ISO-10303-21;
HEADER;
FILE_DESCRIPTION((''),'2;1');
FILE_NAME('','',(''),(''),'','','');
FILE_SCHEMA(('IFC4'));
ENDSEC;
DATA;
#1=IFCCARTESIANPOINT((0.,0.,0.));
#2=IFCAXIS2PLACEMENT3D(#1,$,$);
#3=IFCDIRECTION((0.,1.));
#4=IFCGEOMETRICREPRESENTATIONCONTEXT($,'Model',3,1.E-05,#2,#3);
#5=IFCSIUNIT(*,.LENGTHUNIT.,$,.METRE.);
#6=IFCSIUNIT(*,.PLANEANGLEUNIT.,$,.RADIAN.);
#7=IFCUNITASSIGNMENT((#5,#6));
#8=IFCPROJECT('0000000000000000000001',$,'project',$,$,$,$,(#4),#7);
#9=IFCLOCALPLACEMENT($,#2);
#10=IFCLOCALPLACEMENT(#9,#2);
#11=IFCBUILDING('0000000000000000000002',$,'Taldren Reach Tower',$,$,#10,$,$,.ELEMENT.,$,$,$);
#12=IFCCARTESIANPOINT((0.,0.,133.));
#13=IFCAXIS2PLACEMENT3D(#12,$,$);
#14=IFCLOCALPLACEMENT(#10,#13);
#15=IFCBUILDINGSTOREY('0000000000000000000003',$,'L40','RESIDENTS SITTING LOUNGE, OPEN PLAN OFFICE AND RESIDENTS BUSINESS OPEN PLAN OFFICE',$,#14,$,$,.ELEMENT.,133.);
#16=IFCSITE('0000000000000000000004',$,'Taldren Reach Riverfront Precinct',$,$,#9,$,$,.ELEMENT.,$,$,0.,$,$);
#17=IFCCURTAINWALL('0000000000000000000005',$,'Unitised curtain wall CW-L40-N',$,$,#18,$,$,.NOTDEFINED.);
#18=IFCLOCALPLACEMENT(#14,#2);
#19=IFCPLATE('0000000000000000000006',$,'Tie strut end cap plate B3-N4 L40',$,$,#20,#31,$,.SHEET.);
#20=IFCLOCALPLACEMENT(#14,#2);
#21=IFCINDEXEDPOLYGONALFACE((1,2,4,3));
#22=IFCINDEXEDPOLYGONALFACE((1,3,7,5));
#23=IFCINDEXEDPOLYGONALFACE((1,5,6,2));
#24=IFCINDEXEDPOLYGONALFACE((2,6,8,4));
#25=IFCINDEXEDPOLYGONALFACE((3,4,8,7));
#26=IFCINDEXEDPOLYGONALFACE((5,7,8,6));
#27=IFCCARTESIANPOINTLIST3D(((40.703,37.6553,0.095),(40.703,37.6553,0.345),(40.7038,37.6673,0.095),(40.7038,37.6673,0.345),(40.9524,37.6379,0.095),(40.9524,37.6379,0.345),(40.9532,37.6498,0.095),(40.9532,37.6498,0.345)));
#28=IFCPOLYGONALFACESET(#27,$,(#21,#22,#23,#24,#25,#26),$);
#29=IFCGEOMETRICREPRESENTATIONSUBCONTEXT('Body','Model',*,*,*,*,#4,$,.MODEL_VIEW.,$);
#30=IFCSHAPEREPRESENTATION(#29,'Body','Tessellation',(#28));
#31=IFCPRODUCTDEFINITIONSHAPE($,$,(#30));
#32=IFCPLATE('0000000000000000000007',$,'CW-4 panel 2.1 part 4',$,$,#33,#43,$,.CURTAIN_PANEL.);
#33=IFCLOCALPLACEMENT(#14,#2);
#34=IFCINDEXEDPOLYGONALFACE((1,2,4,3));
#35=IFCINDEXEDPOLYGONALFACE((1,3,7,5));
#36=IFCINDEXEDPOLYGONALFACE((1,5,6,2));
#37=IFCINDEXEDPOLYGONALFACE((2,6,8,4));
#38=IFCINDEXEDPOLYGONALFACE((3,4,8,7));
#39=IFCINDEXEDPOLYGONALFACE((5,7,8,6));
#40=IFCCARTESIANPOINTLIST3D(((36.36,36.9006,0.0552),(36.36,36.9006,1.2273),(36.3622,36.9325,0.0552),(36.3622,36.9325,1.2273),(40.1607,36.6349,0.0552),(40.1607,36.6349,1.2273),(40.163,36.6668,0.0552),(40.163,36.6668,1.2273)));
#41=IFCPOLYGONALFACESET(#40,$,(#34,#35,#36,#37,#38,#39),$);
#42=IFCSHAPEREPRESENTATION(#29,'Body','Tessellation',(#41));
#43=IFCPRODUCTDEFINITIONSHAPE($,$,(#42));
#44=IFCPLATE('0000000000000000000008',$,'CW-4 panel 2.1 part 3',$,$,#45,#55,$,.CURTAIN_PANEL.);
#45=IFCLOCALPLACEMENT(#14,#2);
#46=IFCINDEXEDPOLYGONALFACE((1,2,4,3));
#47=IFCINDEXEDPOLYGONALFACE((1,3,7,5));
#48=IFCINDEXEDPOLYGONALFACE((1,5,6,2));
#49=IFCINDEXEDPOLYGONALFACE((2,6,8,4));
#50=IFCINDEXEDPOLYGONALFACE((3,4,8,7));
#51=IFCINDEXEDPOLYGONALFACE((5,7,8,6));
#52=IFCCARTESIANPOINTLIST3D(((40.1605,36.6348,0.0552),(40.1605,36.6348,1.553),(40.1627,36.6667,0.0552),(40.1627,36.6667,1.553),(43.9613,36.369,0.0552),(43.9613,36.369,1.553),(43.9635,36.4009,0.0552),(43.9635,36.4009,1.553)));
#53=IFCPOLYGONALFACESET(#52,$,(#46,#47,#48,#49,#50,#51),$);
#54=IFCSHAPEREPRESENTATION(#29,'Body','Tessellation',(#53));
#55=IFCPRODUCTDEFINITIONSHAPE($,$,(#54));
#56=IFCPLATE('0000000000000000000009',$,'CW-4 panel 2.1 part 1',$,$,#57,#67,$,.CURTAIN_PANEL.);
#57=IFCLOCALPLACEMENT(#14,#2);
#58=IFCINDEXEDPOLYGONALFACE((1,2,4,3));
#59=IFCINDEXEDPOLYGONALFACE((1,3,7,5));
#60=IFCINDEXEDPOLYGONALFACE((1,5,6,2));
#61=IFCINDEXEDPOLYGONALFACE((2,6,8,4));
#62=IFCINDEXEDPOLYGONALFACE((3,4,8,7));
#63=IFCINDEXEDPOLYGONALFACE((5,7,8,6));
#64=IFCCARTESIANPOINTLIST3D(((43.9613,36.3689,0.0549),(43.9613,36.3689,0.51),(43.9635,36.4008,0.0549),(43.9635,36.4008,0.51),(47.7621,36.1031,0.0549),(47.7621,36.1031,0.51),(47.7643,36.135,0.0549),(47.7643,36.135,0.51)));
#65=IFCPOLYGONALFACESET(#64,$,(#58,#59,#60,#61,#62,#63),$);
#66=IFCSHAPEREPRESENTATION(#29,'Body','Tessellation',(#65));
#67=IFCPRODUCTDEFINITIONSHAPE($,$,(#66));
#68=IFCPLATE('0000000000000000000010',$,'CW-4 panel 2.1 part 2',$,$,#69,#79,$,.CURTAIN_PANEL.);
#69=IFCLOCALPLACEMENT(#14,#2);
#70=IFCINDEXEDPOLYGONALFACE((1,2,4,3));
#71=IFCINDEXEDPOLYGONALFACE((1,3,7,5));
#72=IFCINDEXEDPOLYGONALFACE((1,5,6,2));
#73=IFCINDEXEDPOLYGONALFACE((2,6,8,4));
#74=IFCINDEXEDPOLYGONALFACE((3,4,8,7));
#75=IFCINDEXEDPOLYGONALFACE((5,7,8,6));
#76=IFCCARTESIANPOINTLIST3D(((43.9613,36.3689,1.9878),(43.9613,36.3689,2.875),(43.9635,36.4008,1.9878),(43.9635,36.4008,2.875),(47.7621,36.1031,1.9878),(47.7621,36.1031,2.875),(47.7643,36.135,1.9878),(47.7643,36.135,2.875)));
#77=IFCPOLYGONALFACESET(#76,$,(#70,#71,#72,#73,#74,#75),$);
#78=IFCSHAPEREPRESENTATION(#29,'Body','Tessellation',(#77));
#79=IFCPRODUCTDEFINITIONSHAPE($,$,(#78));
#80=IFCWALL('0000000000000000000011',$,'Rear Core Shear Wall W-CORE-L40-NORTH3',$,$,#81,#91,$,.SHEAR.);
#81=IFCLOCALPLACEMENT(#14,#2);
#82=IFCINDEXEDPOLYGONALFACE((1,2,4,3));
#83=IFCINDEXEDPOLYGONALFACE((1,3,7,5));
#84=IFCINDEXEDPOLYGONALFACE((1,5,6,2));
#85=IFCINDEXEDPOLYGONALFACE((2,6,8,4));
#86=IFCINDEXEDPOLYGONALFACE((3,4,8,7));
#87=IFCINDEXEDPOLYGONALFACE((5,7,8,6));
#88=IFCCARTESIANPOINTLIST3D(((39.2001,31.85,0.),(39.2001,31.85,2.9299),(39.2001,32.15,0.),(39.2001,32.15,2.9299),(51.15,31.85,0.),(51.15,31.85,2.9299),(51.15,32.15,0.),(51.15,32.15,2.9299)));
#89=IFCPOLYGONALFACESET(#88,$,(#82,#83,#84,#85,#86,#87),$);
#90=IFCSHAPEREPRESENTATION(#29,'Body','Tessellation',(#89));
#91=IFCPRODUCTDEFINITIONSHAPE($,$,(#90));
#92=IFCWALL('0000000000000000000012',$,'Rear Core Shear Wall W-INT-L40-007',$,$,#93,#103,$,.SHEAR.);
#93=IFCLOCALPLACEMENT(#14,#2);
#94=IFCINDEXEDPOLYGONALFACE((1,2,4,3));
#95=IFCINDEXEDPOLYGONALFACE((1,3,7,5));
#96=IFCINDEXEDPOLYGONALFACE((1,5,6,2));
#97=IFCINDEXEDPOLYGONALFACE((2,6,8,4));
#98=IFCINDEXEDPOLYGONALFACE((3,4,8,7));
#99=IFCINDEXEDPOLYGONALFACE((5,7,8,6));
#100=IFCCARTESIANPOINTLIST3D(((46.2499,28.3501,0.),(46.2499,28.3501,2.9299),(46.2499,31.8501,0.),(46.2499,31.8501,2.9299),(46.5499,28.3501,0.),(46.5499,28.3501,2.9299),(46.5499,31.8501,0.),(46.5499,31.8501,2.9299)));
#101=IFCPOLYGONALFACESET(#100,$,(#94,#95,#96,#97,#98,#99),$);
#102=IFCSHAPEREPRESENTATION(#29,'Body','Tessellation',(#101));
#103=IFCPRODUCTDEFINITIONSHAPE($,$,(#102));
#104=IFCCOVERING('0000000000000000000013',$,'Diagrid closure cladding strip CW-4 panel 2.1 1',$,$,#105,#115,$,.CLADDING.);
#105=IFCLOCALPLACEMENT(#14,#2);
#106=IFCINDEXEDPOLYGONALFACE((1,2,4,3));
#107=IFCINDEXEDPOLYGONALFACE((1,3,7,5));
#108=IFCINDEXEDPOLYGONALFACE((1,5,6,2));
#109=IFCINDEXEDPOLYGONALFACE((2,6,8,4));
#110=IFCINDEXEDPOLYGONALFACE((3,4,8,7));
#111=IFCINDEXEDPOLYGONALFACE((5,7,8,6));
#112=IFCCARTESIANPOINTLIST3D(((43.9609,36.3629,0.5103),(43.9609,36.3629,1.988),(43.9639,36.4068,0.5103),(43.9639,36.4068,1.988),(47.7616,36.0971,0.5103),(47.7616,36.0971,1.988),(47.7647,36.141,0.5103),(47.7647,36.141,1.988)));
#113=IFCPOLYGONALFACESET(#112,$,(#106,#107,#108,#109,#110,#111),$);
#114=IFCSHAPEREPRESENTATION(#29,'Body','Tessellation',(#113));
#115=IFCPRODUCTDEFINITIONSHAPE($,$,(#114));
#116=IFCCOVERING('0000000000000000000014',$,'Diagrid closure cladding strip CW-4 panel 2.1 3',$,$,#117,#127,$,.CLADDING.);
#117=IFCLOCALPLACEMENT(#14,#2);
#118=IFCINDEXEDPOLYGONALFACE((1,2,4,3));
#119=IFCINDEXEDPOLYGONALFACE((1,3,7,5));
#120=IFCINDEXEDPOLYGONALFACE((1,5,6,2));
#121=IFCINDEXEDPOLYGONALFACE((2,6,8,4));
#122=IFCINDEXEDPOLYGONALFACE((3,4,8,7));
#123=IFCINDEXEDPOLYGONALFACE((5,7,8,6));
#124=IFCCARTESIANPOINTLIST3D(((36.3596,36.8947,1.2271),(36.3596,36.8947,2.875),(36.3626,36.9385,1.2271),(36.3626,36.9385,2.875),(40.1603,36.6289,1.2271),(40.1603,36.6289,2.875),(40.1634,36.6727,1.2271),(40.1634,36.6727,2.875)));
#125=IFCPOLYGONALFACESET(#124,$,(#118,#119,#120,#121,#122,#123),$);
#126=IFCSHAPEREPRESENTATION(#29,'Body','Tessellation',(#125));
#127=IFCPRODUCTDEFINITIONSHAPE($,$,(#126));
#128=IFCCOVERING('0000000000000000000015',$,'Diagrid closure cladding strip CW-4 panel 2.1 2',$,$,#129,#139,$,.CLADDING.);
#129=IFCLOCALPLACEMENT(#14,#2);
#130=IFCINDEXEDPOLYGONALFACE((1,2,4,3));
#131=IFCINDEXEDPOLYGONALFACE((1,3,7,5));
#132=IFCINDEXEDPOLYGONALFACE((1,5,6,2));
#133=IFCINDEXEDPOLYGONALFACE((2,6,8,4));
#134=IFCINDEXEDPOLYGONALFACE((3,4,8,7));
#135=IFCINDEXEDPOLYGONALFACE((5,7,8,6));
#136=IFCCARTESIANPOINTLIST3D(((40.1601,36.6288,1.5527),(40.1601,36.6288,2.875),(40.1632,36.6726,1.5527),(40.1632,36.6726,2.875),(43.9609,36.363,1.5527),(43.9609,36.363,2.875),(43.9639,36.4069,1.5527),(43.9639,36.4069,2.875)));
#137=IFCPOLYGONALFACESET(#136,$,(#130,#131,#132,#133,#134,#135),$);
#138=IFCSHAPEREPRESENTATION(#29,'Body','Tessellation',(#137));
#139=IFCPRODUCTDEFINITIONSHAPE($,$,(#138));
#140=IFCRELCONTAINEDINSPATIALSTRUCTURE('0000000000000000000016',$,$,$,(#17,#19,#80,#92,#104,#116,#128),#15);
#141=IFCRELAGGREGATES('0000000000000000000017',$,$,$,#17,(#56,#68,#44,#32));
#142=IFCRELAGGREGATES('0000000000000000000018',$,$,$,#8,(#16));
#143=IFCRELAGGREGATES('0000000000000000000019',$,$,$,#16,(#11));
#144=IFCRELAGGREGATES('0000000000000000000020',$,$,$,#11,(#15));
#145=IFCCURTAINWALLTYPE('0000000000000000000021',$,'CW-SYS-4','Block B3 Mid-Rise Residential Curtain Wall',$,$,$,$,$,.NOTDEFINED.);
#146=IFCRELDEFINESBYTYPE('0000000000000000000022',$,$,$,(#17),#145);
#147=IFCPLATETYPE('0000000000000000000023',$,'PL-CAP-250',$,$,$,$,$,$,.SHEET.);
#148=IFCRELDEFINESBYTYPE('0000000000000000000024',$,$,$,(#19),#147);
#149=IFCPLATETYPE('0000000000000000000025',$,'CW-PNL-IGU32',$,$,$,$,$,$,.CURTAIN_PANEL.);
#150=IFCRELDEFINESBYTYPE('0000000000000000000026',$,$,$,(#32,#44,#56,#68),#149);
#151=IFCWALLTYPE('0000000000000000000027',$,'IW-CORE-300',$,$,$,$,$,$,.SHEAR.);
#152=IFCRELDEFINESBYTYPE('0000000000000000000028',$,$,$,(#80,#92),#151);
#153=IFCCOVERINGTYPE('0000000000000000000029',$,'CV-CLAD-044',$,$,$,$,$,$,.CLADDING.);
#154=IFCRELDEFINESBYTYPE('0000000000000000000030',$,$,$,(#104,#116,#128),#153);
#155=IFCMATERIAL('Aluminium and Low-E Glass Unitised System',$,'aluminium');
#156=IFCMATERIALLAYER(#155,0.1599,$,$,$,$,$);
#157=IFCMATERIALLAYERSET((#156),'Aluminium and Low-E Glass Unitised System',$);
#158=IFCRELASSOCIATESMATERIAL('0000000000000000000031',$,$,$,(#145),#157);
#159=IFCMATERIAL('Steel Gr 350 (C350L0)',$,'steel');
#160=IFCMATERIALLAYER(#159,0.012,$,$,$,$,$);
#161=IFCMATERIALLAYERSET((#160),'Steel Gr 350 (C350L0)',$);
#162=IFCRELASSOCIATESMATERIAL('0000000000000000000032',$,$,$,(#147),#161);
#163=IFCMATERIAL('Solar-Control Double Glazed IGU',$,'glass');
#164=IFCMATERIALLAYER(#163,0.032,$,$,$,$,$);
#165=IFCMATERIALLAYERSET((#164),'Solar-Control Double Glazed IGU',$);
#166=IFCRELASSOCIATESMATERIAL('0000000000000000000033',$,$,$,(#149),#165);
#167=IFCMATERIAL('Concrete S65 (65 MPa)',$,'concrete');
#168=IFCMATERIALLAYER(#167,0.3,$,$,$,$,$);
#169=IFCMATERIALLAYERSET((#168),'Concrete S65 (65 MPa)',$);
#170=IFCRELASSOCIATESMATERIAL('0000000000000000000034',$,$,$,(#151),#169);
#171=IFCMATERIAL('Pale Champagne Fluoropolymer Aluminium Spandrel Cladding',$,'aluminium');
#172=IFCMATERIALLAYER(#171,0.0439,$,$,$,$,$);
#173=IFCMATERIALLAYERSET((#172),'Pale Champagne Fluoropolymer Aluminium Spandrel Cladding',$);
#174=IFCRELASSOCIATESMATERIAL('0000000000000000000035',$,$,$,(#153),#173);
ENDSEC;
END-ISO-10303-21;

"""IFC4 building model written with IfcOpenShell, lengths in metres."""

from ifc_helpers import new_model, si_unit, direction, frame, frame_2d, origin, origin_2d, place, context, subcontext, project, spatial, rectangle, extrude, source, transform, mapped, material, layer, layer_set, type_object, element, aggregate, save


model = new_model("IFC4")

# Units and contexts
model_context = context("Model", 3, precision=1e-05, world=origin(), true_north=direction((0.0, 1.0)))
body_context = subcontext(model_context, "Body", "Model", "MODEL_VIEW")
ifc_project = project(units=[si_unit("LENGTHUNIT", "METRE"), si_unit("PLANEANGLEUNIT", "RADIAN")], contexts=[model_context])

# Site, building, storey
site_placement = place(None, origin())
site = spatial("IfcSite", under=ifc_project, at=site_placement, Name="Taldren Reach Riverfront Precinct", CompositionType="ELEMENT", RefElevation=0.0)
building_placement = place(site_placement, origin())
building = spatial("IfcBuilding", under=site, at=building_placement, Name="Taldren Reach Tower", CompositionType="ELEMENT")
storey_placement = place(building_placement, frame((0.0, 0.0, 133.0)))
storey = spatial("IfcBuildingStorey", under=building, at=storey_placement, Name="L40", Description="RESIDENTS SITTING LOUNGE, OPEN PLAN OFFICE AND RESIDENTS BUSINESS OPEN PLAN OFFICE", CompositionType="ELEMENT", Elevation=133.0)

# Shared definitions
ifc_material_1 = material(Name="Steel Gr 350 (C350L0)", Category="steel")

# Curtain wall
ifc_material_2 = material(Name="Aluminium and Low-E Glass Unitised System", Category="aluminium")
ifc_layer_1 = layer(ifc_material_2, 0.1599)
ifc_layer_set_1 = layer_set([ifc_layer_1], Name="Aluminium and Low-E Glass Unitised System")
curtain_wall_type = type_object("IfcCurtainWallType", Name="CW-SYS-4", Description="Block B3 Mid-Rise Residential Curtain Wall", PredefinedType="NOTDEFINED", material=ifc_layer_set_1)
curtain_wall_placement = place(storey_placement, origin())
curtain_wall = element("IfcCurtainWall", 1, at=curtain_wall_placement, inside=storey, type_object=curtain_wall_type, Name="Unitised curtain wall CW-L40-N", PredefinedType="NOTDEFINED")

# Plate
ifc_layer_2 = layer(ifc_material_1, 0.012)
ifc_layer_set_2 = layer_set([ifc_layer_2], Name="Steel Gr 350 (C350L0)")
plate_type_1 = type_object("IfcPlateType", Name="PL-CAP-250", PredefinedType="SHEET", material=ifc_layer_set_2)
shared_shape_1 = source(origin(), body_context, "Body", "SweptSolid", [
    extrude(rectangle(XDim=0.25, YDim=0.012, at=origin_2d()), origin(), (0.0, 0.0, 1.0), 0.25),
])
plate_1_placement = place(storey_placement, frame((40.8281, 37.6526, 0.095), z_axis=(0.0, 0.0, 1.0), x_axis=(0.997564, -0.069756, 0.0)))
element("IfcPlate", 2, at=plate_1_placement, inside=storey, type_object=plate_type_1, Name="Tie strut end cap plate B3-N4 L40", PredefinedType="SHEET", context=body_context, shape_type="MappedRepresentation", body=[
    mapped(shared_shape_1, transform((0.0, 0.0, 0.0), scale=1.0)),
])

# Plates
ifc_material_3 = material(Name="Solar-Control Double Glazed IGU", Category="glass")
ifc_layer_3 = layer(ifc_material_3, 0.032)
ifc_layer_set_3 = layer_set([ifc_layer_3], Name="Solar-Control Double Glazed IGU")
plate_type_2 = type_object("IfcPlateType", Name="CW-PNL-IGU32", PredefinedType="CURTAIN_PANEL", material=ifc_layer_set_3)
shared_shape_2 = source(origin(), body_context, "Body", "SweptSolid", [
    extrude(rectangle(XDim=3.8101, YDim=0.032, at=origin_2d()), origin(), (0.0, 0.0, 1.0), 1.1721),
])
plate_2_placement = place(storey_placement, frame((38.2615, 36.7837, 0.0552), z_axis=(0.0, 0.0, 1.0), x_axis=(-0.997564, 0.069757, 0.0)))
plate_2 = element("IfcPlate", 3, at=plate_2_placement, type_object=plate_type_2, Name="CW-4 panel 2.1 part 4", PredefinedType="CURTAIN_PANEL", context=body_context, shape_type="MappedRepresentation", body=[
    mapped(shared_shape_2, transform((0.0, 0.0, 0.0), scale=1.0)),
])
shared_shape_3 = source(origin(), body_context, "Body", "SweptSolid", [
    extrude(rectangle(XDim=3.8101, YDim=0.032, at=origin_2d()), origin(), (0.0, 0.0, 1.0), 1.4978),
])
plate_3_placement = place(storey_placement, frame((42.062, 36.5178, 0.0552), z_axis=(0.0, 0.0, 1.0), x_axis=(-0.997564, 0.069757, 0.0)))
plate_3 = element("IfcPlate", 4, at=plate_3_placement, type_object=plate_type_2, Name="CW-4 panel 2.1 part 3", PredefinedType="CURTAIN_PANEL", context=body_context, shape_type="MappedRepresentation", body=[
    mapped(shared_shape_3, transform((0.0, 0.0, 0.0), scale=1.0)),
])
shared_shape_4 = source(origin(), body_context, "Body", "SweptSolid", [
    extrude(rectangle(XDim=3.8101, YDim=0.032, at=origin_2d()), origin(), (0.0, 0.0, 1.0), 0.4551),
])
plate_4_placement = place(storey_placement, frame((45.8628, 36.252, 0.0549), z_axis=(0.0, 0.0, 1.0), x_axis=(-0.997564, 0.069757, 0.0)))
plate_4 = element("IfcPlate", 5, at=plate_4_placement, type_object=plate_type_2, Name="CW-4 panel 2.1 part 1", PredefinedType="CURTAIN_PANEL", context=body_context, shape_type="MappedRepresentation", body=[
    mapped(shared_shape_4, transform((0.0, 0.0, 0.0), scale=1.0)),
])
shared_shape_5 = source(origin(), body_context, "Body", "SweptSolid", [
    extrude(rectangle(XDim=3.8101, YDim=0.032, at=origin_2d()), origin(), (0.0, 0.0, 1.0), 0.8872),
])
plate_5_placement = place(storey_placement, frame((45.8628, 36.252, 1.9878), z_axis=(0.0, 0.0, 1.0), x_axis=(-0.997564, 0.069757, 0.0)))
plate_5 = element("IfcPlate", 6, at=plate_5_placement, type_object=plate_type_2, Name="CW-4 panel 2.1 part 2", PredefinedType="CURTAIN_PANEL", context=body_context, shape_type="MappedRepresentation", body=[
    mapped(shared_shape_5, transform((0.0, 0.0, 0.0), scale=1.0)),
])
aggregate(curtain_wall, [plate_4, plate_5, plate_3, plate_2])

# Walls
ifc_material_4 = material(Name="Concrete S65 (65 MPa)", Category="concrete")
ifc_layer_4 = layer(ifc_material_4, 0.3)
ifc_layer_set_4 = layer_set([ifc_layer_4], Name="Concrete S65 (65 MPa)")
wall_type = type_object("IfcWallType", Name="IW-CORE-300", PredefinedType="SHEAR", material=ifc_layer_set_4)
shared_shape_6 = source(origin(), body_context, "Body", "SweptSolid", [
    extrude(rectangle(XDim=11.95, YDim=0.3, at=frame_2d((5.9751, 0.0))), origin(), (0.0, 0.0, 1.0), 2.9299),
])
wall_1_placement = place(storey_placement, frame((39.2, 32.0, 0.0), z_axis=(0.0, 0.0, 1.0), x_axis=(1.0, 0.0, 0.0)))
element("IfcWall", 7, at=wall_1_placement, inside=storey, type_object=wall_type, Name="Rear Core Shear Wall W-CORE-L40-NORTH3", PredefinedType="SHEAR", context=body_context, shape_type="MappedRepresentation", body=[
    mapped(shared_shape_6, transform((0.0, 0.0, 0.0), scale=1.0)),
])
shared_shape_7 = source(origin(), body_context, "Body", "SweptSolid", [
    extrude(rectangle(XDim=3.5, YDim=0.3, at=frame_2d((1.75, 0.0))), origin(), (0.0, 0.0, 1.0), 2.9299),
])
wall_2_placement = place(storey_placement, frame((46.3999, 31.8501, 0.0), z_axis=(0.0, 0.0, 1.0), x_axis=(0.0, -1.0, 0.0)))
element("IfcWall", 8, at=wall_2_placement, inside=storey, type_object=wall_type, Name="Rear Core Shear Wall W-INT-L40-007", PredefinedType="SHEAR", context=body_context, shape_type="MappedRepresentation", body=[
    mapped(shared_shape_7, transform((0.0, 0.0, 0.0), scale=1.0)),
])

# Coverings
ifc_material_5 = material(Name="Pale Champagne Fluoropolymer Aluminium Spandrel Cladding", Category="aluminium")
ifc_layer_5 = layer(ifc_material_5, 0.0439)
ifc_layer_set_5 = layer_set([ifc_layer_5], Name="Pale Champagne Fluoropolymer Aluminium Spandrel Cladding")
covering_type = type_object("IfcCoveringType", Name="CV-CLAD-044", PredefinedType="CLADDING", material=ifc_layer_set_5)
shared_shape_8 = source(origin(), body_context, "Body", "SweptSolid", [
    extrude(rectangle(XDim=3.8101, YDim=0.0439, at=origin_2d()), origin(), (0.0, 0.0, 1.0), 1.4778),
])
covering_1_placement = place(storey_placement, frame((45.8628, 36.252, 0.5103), z_axis=(0.0, 0.0, 1.0), x_axis=(-0.997564, 0.069757, 0.0)))
element("IfcCovering", 9, at=covering_1_placement, inside=storey, type_object=covering_type, Name="Diagrid closure cladding strip CW-4 panel 2.1 1", PredefinedType="CLADDING", context=body_context, shape_type="MappedRepresentation", body=[
    mapped(shared_shape_8, transform((0.0, 0.0, 0.0), scale=1.0)),
])
shared_shape_9 = source(origin(), body_context, "Body", "SweptSolid", [
    extrude(rectangle(XDim=3.8101, YDim=0.0439, at=origin_2d()), origin(), (0.0, 0.0, 1.0), 1.6479),
])
covering_2_placement = place(storey_placement, frame((38.2615, 36.7837, 1.2271), z_axis=(0.0, 0.0, 1.0), x_axis=(-0.997564, 0.069757, 0.0)))
element("IfcCovering", 10, at=covering_2_placement, inside=storey, type_object=covering_type, Name="Diagrid closure cladding strip CW-4 panel 2.1 3", PredefinedType="CLADDING", context=body_context, shape_type="MappedRepresentation", body=[
    mapped(shared_shape_9, transform((0.0, 0.0, 0.0), scale=1.0)),
])
shared_shape_10 = source(origin(), body_context, "Body", "SweptSolid", [
    extrude(rectangle(XDim=3.8101, YDim=0.0439, at=origin_2d()), origin(), (0.0, 0.0, 1.0), 1.3223),
])
covering_3_placement = place(storey_placement, frame((42.062, 36.5178, 1.5527), z_axis=(0.0, 0.0, 1.0), x_axis=(-0.997564, 0.069757, 0.0)))
element("IfcCovering", 11, at=covering_3_placement, inside=storey, type_object=covering_type, Name="Diagrid closure cladding strip CW-4 panel 2.1 2", PredefinedType="CLADDING", context=body_context, shape_type="MappedRepresentation", body=[
    mapped(shared_shape_10, transform((0.0, 0.0, 0.0), scale=1.0)),
])

save(model, "model.ifc")
